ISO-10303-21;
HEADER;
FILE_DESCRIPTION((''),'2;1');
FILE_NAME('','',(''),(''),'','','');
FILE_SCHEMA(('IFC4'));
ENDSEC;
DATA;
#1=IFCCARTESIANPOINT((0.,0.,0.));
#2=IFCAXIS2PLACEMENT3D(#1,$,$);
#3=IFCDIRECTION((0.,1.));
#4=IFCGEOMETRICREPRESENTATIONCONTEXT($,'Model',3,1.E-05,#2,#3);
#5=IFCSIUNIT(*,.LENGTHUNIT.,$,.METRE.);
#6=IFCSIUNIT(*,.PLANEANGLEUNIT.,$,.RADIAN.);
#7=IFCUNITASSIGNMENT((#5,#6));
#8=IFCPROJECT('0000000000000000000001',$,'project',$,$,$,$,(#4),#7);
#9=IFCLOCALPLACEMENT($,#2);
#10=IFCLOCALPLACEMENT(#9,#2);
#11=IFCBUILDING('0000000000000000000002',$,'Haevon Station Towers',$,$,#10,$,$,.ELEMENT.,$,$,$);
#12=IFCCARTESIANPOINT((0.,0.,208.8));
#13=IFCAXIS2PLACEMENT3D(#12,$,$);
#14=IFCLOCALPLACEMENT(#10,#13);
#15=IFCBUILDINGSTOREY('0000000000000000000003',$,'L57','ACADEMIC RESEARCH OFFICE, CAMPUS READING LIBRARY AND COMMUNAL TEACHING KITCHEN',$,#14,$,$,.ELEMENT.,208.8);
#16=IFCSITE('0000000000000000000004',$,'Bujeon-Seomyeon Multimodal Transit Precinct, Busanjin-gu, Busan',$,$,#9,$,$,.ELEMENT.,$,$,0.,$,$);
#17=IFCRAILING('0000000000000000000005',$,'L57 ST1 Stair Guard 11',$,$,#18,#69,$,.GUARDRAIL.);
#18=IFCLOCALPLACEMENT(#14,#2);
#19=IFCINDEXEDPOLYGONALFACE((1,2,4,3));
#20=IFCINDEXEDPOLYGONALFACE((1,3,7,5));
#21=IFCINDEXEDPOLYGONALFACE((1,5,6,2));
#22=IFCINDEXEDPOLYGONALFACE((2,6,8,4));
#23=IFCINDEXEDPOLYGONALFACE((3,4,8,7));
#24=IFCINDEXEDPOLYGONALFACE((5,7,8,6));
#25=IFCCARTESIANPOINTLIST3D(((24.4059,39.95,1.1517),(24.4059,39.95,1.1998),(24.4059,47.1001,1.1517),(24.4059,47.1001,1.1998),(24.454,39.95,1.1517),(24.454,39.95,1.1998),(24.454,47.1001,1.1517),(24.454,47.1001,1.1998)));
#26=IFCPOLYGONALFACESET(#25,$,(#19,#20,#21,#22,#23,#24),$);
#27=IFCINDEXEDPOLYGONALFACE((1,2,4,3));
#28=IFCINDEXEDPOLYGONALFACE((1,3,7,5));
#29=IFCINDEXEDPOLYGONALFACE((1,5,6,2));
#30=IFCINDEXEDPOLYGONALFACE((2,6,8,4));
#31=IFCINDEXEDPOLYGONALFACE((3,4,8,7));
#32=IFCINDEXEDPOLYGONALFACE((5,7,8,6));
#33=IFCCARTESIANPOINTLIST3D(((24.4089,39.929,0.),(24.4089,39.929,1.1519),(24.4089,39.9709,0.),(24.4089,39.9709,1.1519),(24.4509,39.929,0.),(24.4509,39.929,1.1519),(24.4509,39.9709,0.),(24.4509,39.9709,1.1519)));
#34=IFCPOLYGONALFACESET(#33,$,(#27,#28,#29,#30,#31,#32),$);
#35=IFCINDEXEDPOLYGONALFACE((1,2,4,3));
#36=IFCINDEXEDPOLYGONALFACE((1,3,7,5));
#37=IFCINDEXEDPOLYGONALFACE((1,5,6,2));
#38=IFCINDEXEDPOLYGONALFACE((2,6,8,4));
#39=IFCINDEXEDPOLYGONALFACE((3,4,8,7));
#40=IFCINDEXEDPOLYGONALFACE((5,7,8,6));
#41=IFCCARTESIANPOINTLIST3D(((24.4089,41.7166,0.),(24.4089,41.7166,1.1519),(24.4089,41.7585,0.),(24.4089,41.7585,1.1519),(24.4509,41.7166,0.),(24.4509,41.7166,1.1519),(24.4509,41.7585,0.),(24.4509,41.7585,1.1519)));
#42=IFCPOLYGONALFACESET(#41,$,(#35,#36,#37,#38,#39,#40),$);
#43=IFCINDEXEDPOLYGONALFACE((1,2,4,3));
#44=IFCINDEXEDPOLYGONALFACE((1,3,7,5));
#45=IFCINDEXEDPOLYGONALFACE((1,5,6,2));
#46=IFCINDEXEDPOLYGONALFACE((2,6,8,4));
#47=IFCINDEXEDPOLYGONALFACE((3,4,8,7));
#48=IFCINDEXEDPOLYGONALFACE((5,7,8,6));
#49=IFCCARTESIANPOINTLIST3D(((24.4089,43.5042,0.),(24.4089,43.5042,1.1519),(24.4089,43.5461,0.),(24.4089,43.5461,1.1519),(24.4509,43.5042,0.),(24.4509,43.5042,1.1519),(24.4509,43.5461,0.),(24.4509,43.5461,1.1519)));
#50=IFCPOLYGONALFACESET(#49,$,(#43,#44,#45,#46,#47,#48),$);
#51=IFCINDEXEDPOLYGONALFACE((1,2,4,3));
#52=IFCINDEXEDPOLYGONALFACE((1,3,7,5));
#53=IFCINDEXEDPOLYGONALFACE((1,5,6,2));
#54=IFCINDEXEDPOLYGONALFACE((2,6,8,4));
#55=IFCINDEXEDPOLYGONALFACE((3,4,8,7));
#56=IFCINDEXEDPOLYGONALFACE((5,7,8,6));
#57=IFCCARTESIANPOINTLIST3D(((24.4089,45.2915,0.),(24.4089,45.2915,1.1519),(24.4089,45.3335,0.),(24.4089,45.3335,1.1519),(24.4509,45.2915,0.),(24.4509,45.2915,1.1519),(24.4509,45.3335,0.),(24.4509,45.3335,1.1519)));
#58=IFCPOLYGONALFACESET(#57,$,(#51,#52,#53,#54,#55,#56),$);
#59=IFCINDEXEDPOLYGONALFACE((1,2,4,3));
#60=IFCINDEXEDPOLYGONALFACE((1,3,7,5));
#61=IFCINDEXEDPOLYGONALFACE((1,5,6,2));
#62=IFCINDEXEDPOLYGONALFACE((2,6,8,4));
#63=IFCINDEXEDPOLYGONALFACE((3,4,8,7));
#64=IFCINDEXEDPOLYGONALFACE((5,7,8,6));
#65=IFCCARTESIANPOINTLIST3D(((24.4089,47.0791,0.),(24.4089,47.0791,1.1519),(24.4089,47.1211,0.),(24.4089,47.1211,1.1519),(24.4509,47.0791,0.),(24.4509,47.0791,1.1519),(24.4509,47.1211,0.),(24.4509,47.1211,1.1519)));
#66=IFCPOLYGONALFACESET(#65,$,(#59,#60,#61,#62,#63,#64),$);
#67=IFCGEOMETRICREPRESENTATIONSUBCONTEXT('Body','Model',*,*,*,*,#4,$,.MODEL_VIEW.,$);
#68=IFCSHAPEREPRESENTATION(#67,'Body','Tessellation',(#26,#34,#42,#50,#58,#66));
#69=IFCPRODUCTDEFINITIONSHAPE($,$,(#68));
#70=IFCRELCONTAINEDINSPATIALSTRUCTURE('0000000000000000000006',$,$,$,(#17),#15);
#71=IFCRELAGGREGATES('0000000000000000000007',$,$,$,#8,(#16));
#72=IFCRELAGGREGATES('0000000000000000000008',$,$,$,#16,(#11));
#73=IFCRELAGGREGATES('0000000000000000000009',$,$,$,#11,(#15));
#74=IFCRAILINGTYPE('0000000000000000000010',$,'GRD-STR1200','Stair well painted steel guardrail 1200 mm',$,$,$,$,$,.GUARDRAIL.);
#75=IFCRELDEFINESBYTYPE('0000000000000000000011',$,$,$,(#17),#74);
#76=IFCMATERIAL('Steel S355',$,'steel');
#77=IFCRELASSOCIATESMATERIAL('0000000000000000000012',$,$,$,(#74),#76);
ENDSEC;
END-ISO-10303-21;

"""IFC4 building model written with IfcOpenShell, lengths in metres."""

from ifc_helpers import new_model, si_unit, direction, frame, origin, origin_2d, place, context, subcontext, project, spatial, rectangle, extrude, material, type_object, element, save


model = new_model("IFC4")

# Units and contexts
model_context = context("Model", 3, precision=1e-05, world=origin(), true_north=direction((0.0, 1.0)))
body_context = subcontext(model_context, "Body", "Model", "MODEL_VIEW")
ifc_project = project(units=[si_unit("LENGTHUNIT", "METRE"), si_unit("PLANEANGLEUNIT", "RADIAN")], contexts=[model_context])

# Site, building, storey
site_placement = place(None, origin())
site = spatial("IfcSite", under=ifc_project, at=site_placement, Name="Bujeon-Seomyeon Multimodal Transit Precinct, Busanjin-gu, Busan", CompositionType="ELEMENT", RefElevation=0.0)
building_placement = place(site_placement, origin())
building = spatial("IfcBuilding", under=site, at=building_placement, Name="Haevon Station Towers", CompositionType="ELEMENT")
storey_placement = place(building_placement, frame((0.0, 0.0, 208.8)))
storey = spatial("IfcBuildingStorey", under=building, at=storey_placement, Name="L57", Description="ACADEMIC RESEARCH OFFICE, CAMPUS READING LIBRARY AND COMMUNAL TEACHING KITCHEN", CompositionType="ELEMENT", Elevation=208.8)

# Shared definitions
ifc_material_1 = material(Name="Steel S355", Category="steel")

# Railing
railing_type_1 = type_object("IfcRailingType", Name="GRD-STR1200", Description="Stair well painted steel guardrail 1200 mm", PredefinedType="GUARDRAIL", material=ifc_material_1)
railing_1_placement = place(storey_placement, frame((24.4299, 39.95, 0.0)))
element("IfcRailing", 1, at=railing_1_placement, inside=storey, type_object=railing_type_1, Name="L57 ST1 Stair Guard 11", PredefinedType="GUARDRAIL", context=body_context, shape_type="SweptSolid", body=[
    extrude(rectangle(XDim=0.0481, YDim=0.0481, at=origin_2d()), frame((0.0, 0.0, 1.1758), z_axis=(0.0, 1.0, 0.0), x_axis=(-1.0, 0.0, 0.0)), (0.0, 0.0, 1.0), 7.1501),
    extrude(rectangle(XDim=0.042, YDim=0.042, at=origin_2d()), origin(), (0.0, 0.0, 1.0), 1.1519),
    extrude(rectangle(XDim=0.042, YDim=0.042, at=origin_2d()), frame((0.0, 1.7876, 0.0)), (0.0, 0.0, 1.0), 1.1519),
    extrude(rectangle(XDim=0.042, YDim=0.042, at=origin_2d()), frame((0.0, 3.5752, 0.0)), (0.0, 0.0, 1.0), 1.1519),
    extrude(rectangle(XDim=0.042, YDim=0.042, at=origin_2d()), frame((0.0, 5.3625, 0.0)), (0.0, 0.0, 1.0), 1.1519),
    extrude(rectangle(XDim=0.042, YDim=0.042, at=origin_2d()), frame((0.0, 7.1501, 0.0)), (0.0, 0.0, 1.0), 1.1519),
])

save(model, "model.ifc")
